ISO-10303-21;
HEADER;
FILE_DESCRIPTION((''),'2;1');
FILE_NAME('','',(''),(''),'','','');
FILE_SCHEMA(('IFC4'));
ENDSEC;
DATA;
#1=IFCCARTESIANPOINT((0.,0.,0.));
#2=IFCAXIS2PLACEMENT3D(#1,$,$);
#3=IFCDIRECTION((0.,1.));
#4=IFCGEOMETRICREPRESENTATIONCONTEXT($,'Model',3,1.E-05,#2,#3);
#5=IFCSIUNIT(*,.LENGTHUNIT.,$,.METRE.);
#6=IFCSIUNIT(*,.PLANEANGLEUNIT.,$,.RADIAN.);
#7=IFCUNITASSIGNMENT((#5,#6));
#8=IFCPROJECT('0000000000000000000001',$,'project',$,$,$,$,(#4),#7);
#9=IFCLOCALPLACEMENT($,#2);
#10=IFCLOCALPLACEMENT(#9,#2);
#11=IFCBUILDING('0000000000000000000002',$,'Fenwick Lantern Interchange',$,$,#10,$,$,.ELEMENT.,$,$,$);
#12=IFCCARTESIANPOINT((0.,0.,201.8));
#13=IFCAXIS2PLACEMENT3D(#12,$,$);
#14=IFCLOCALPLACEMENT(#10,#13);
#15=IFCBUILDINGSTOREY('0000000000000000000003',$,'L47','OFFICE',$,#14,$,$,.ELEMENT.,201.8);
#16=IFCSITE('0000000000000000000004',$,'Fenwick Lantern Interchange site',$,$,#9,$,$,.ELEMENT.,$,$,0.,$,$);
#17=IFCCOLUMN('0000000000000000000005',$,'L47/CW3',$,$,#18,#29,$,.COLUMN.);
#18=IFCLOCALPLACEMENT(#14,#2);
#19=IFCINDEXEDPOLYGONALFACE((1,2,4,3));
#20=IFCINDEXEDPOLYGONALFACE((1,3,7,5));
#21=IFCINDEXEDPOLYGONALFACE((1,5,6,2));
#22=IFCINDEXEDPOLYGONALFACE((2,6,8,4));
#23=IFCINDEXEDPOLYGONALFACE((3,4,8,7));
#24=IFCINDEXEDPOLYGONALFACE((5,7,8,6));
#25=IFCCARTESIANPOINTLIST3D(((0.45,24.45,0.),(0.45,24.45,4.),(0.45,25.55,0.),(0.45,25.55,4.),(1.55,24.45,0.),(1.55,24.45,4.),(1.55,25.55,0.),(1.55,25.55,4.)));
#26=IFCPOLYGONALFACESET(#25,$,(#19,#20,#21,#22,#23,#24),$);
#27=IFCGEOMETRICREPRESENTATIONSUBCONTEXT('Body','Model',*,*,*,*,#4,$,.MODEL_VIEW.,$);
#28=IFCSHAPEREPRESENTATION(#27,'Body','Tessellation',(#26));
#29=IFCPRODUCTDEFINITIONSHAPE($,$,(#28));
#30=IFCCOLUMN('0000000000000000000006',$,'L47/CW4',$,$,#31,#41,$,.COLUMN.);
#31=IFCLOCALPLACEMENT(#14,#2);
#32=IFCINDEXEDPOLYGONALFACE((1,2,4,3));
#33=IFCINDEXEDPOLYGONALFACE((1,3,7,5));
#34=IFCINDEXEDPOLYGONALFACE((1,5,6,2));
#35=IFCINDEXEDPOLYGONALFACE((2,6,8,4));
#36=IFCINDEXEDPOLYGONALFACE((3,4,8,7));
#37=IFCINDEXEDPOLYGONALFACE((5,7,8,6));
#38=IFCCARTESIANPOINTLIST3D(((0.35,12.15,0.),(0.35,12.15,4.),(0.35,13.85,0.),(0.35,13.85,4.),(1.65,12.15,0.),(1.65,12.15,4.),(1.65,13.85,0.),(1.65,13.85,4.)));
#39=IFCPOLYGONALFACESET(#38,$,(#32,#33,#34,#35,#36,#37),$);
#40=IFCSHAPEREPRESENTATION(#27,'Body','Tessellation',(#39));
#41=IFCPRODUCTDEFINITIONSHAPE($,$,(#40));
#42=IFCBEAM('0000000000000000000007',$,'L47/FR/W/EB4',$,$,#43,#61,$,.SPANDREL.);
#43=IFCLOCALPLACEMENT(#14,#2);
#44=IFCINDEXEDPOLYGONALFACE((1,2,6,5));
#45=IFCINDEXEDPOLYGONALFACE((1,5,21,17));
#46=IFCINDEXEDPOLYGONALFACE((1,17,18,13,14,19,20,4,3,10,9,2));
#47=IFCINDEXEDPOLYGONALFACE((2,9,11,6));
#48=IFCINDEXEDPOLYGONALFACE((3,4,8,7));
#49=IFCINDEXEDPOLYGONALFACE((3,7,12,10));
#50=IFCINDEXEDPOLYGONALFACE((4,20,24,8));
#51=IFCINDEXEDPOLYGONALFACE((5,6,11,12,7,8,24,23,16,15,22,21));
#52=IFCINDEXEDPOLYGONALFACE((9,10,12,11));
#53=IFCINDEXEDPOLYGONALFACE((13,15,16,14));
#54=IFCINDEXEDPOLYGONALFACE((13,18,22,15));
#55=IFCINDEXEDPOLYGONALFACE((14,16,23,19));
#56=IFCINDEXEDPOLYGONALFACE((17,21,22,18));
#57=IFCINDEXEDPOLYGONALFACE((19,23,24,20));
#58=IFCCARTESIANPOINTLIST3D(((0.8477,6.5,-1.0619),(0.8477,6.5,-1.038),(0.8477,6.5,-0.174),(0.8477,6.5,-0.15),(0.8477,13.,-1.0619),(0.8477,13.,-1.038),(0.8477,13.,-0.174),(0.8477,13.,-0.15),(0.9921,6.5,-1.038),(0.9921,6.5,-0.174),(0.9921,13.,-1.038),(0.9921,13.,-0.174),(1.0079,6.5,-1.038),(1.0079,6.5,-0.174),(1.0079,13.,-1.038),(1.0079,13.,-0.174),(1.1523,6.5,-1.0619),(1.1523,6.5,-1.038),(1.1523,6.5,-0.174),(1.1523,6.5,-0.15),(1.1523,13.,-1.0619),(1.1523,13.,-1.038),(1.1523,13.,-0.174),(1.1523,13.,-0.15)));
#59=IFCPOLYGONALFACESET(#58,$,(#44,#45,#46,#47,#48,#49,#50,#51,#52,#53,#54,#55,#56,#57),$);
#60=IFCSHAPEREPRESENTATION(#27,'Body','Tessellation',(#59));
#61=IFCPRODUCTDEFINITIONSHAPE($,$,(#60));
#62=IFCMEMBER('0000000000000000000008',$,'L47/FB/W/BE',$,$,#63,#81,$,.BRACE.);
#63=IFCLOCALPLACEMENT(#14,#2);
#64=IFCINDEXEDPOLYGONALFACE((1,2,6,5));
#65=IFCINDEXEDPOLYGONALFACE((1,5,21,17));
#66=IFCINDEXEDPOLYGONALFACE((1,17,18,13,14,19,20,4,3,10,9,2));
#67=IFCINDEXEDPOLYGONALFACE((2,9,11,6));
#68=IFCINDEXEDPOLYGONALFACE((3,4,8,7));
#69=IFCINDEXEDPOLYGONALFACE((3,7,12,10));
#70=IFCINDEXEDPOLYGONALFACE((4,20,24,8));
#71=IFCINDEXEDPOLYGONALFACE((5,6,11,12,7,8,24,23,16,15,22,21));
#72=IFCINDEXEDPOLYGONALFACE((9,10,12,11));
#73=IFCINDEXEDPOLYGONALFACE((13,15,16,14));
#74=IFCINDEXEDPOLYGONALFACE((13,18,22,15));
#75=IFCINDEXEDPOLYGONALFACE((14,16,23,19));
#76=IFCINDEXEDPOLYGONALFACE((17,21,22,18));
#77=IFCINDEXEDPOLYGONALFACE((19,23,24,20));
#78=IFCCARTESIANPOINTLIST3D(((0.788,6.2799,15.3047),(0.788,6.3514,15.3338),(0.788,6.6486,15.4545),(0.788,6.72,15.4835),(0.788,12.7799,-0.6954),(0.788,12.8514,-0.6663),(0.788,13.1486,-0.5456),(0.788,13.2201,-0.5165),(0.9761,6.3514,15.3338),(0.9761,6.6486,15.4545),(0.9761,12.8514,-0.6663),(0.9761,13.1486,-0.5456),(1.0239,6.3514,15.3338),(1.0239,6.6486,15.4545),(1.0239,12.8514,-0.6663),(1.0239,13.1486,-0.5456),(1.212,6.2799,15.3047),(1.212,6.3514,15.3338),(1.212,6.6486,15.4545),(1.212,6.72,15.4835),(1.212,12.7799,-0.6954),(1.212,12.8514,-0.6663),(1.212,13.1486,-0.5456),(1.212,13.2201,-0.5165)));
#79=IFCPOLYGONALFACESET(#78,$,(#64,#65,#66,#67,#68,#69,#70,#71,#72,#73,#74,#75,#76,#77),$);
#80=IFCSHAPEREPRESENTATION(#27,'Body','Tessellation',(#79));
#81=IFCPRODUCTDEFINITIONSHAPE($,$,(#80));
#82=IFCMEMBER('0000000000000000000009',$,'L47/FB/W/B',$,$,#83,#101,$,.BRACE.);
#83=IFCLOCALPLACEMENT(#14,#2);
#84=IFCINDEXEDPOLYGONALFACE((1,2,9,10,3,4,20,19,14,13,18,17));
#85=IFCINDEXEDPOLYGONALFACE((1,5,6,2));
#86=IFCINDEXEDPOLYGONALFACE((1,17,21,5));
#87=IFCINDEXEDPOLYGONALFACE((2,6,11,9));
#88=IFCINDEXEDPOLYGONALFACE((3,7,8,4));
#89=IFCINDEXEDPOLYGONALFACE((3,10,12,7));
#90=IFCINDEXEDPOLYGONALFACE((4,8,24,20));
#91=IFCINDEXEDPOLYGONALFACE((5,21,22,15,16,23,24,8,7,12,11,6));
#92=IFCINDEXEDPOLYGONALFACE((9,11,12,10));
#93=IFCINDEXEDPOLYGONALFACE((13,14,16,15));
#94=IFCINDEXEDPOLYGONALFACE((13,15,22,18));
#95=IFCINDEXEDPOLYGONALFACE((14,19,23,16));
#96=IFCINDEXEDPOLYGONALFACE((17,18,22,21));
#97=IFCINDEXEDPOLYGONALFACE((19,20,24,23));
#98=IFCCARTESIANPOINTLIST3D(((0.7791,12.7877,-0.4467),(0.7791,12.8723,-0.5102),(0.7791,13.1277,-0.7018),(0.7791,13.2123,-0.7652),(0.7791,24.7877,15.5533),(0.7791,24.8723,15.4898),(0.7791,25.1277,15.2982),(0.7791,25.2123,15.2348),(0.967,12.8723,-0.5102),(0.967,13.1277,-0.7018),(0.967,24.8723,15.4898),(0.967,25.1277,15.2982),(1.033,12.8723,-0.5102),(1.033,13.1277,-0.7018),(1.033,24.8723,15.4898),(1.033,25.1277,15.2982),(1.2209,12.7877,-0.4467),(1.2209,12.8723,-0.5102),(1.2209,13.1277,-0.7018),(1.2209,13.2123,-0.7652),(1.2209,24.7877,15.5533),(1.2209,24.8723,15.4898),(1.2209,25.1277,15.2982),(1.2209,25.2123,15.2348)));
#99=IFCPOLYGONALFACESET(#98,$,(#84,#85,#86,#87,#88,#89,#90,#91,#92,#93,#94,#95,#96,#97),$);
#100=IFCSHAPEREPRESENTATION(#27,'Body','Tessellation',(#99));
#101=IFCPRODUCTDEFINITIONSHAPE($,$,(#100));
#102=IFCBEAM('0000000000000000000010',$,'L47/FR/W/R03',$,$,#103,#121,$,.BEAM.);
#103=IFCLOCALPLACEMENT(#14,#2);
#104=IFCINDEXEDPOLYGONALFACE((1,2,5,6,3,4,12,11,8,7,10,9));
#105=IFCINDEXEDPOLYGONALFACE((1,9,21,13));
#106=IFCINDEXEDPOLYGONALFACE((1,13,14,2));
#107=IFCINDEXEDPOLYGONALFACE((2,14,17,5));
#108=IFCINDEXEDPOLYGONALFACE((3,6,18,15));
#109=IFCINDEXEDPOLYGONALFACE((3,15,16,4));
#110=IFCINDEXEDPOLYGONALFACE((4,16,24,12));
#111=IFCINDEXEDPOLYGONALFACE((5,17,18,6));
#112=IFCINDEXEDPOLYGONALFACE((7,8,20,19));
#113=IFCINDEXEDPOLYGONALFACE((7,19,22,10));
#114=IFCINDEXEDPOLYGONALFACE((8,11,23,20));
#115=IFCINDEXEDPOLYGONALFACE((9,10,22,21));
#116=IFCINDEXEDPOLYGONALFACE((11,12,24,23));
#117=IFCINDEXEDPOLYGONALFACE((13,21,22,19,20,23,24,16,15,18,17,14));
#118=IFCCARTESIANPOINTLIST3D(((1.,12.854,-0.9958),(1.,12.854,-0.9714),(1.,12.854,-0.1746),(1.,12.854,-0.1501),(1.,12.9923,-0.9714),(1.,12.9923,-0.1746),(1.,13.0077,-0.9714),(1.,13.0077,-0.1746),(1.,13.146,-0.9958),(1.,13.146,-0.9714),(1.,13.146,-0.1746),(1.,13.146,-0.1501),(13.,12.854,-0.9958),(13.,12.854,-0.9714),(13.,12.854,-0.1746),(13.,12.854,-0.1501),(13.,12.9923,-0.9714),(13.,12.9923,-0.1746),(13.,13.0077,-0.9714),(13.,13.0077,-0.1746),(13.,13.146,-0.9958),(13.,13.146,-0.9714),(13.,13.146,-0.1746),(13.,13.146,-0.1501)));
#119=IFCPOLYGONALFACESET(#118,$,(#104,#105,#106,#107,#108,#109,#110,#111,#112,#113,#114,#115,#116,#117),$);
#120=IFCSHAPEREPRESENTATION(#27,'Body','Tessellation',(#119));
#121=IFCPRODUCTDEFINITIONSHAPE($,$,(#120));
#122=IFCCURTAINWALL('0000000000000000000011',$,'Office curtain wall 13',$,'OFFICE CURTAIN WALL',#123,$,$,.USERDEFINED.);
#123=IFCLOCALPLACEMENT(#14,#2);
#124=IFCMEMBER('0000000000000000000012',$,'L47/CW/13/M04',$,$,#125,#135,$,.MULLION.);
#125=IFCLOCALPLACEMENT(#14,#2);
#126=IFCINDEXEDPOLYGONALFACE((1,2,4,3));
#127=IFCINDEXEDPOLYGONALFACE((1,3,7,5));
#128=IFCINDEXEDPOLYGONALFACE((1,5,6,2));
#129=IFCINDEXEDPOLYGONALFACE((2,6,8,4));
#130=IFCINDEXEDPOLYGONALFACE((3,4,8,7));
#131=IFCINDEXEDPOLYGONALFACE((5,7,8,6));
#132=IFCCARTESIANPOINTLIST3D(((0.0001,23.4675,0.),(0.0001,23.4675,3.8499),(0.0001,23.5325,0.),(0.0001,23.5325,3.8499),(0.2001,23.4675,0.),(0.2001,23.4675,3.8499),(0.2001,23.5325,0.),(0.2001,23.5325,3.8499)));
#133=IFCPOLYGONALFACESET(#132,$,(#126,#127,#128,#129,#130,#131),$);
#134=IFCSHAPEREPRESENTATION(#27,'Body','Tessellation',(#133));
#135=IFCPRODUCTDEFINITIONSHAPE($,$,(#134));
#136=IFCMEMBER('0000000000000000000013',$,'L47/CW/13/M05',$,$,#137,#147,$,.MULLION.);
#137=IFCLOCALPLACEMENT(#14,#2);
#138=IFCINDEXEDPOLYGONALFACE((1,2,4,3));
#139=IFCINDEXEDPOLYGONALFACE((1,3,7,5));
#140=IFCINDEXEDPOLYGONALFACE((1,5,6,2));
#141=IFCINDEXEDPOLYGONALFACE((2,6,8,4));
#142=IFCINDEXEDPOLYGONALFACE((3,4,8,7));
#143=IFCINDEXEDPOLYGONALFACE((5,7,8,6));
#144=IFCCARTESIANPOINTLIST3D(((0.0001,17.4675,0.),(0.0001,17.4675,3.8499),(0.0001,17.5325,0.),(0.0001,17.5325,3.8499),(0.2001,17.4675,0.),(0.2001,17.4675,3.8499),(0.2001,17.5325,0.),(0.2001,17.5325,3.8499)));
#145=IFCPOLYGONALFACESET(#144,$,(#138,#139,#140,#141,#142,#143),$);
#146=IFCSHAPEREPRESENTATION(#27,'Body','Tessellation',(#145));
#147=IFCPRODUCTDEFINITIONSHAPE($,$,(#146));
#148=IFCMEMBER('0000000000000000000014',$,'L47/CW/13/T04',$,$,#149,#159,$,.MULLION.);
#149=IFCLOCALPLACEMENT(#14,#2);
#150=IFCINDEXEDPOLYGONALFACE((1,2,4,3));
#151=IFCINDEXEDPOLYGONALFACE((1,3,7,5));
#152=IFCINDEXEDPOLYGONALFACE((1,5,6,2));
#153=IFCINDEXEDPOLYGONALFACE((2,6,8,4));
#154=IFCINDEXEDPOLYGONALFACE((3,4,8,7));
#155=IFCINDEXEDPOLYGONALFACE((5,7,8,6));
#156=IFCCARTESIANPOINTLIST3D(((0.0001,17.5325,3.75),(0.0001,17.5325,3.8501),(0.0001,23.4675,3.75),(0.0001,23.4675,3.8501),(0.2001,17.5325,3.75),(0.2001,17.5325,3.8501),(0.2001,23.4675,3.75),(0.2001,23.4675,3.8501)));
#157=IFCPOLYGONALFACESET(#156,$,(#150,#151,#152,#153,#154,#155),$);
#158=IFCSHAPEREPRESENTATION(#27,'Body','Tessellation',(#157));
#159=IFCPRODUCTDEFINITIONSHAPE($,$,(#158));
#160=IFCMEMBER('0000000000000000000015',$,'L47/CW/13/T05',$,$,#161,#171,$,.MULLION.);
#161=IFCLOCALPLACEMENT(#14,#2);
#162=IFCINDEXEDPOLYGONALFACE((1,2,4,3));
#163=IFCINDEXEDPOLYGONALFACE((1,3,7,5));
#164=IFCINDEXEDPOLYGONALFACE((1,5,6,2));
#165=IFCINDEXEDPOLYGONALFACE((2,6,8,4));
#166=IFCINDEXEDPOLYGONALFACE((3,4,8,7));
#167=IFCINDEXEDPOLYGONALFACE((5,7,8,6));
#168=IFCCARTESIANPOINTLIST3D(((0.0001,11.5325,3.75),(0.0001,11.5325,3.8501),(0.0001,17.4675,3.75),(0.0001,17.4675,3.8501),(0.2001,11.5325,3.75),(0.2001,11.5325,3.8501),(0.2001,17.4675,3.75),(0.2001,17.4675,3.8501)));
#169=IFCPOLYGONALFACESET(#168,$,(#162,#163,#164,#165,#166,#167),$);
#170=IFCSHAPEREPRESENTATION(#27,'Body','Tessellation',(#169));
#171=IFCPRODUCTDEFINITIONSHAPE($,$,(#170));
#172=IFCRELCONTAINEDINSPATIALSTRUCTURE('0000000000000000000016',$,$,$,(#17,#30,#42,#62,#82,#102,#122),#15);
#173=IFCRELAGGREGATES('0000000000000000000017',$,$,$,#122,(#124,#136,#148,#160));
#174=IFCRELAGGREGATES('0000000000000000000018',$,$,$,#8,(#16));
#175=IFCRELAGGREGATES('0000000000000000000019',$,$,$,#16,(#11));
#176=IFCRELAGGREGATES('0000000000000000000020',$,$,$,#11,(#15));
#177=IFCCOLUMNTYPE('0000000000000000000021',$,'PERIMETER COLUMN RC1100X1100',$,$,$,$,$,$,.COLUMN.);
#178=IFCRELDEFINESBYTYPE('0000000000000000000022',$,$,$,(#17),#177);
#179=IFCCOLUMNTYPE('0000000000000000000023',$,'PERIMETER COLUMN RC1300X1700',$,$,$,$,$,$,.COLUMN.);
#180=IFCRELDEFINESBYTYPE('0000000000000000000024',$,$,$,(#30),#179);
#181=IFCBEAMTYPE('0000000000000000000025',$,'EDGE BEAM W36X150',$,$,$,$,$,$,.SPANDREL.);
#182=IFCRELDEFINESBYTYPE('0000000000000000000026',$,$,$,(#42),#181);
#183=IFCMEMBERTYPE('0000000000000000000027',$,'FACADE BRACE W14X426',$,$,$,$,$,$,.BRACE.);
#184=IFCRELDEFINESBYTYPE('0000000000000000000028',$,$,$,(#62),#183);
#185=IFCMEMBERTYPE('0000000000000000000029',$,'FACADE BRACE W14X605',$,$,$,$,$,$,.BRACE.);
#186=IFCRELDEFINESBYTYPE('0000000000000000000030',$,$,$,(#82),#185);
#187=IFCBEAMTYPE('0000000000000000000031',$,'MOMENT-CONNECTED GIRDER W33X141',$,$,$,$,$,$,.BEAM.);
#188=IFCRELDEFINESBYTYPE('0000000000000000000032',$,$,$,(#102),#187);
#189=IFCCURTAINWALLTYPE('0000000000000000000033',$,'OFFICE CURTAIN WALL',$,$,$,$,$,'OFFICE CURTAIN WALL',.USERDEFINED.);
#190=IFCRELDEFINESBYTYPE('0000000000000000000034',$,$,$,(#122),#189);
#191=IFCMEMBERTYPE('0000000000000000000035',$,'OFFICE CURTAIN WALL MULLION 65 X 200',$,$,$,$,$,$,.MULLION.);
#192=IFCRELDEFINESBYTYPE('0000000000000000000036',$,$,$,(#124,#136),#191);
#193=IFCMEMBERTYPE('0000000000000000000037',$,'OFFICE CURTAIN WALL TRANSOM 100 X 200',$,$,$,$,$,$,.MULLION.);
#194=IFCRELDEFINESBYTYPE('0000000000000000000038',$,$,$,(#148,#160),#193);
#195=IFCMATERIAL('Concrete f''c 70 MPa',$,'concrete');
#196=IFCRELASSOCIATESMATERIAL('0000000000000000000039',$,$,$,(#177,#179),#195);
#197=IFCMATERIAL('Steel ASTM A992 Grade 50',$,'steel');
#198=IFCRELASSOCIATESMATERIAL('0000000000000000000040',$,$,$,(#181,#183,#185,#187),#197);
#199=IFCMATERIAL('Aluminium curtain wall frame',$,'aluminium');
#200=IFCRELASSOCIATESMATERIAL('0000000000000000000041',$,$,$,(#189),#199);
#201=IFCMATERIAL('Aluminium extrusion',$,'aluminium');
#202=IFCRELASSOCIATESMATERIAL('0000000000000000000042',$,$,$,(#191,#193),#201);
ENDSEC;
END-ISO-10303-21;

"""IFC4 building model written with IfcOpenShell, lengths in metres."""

from ifc_helpers import new_model, si_unit, direction, frame, origin, origin_2d, place, context, subcontext, project, spatial, rectangle, i_section, extrude, material, material_profile, profile_set, type_object, element, aggregate, save


model = new_model("IFC4")

# Units and contexts
model_context = context("Model", 3, precision=1e-05, world=origin(), true_north=direction((0.0, 1.0)))
body_context = subcontext(model_context, "Body", "Model", "MODEL_VIEW")
ifc_project = project(units=[si_unit("LENGTHUNIT", "METRE"), si_unit("PLANEANGLEUNIT", "RADIAN")], contexts=[model_context])

# Site, building, storey
site_placement = place(None, origin())
site = spatial("IfcSite", under=ifc_project, at=site_placement, Name="Fenwick Lantern Interchange site", CompositionType="ELEMENT", RefElevation=0.0)
building_placement = place(site_placement, origin())
building = spatial("IfcBuilding", under=site, at=building_placement, Name="Fenwick Lantern Interchange", CompositionType="ELEMENT")
storey_placement = place(building_placement, frame((0.0, 0.0, 201.8)))
storey = spatial("IfcBuildingStorey", under=building, at=storey_placement, Name="L47", Description="OFFICE", CompositionType="ELEMENT", Elevation=201.8)

# Columns
ifc_material_1 = material(Name="Concrete f'c 70 MPa", Category="concrete")
ifc_material_profile_1 = material_profile(ifc_material_1, rectangle(XDim=1.1001, YDim=1.1001, at=origin_2d()), Name="RC1100X1100")
ifc_profile_set_1 = profile_set([ifc_material_profile_1], Name="Concrete f'c 70 MPa")
column_type_1 = type_object("IfcColumnType", Name="PERIMETER COLUMN RC1100X1100", PredefinedType="COLUMN", material=ifc_profile_set_1)
column_1_placement = place(storey_placement, frame((1.0, 25.0, 0.0), z_axis=(0.0, 0.0, 1.0), x_axis=(1.0, 0.0, 0.0)))
element("IfcColumn", 1, at=column_1_placement, inside=storey, type_object=column_type_1, Name="L47/CW3", PredefinedType="COLUMN", context=body_context, shape_type="SweptSolid", body=[
    extrude(rectangle(XDim=1.1001, YDim=1.1001, at=origin_2d()), origin(), (0.0, 0.0, 1.0), 4.0),
])
ifc_material_profile_2 = material_profile(ifc_material_1, rectangle(XDim=1.3, YDim=1.7, at=origin_2d()), Name="RC1300X1700")
ifc_profile_set_2 = profile_set([ifc_material_profile_2], Name="Concrete f'c 70 MPa")
column_type_2 = type_object("IfcColumnType", Name="PERIMETER COLUMN RC1300X1700", PredefinedType="COLUMN", material=ifc_profile_set_2)
column_2_placement = place(storey_placement, frame((1.0, 13.0, 0.0), z_axis=(0.0, 0.0, 1.0), x_axis=(1.0, 0.0, 0.0)))
element("IfcColumn", 2, at=column_2_placement, inside=storey, type_object=column_type_2, Name="L47/CW4", PredefinedType="COLUMN", context=body_context, shape_type="SweptSolid", body=[
    extrude(rectangle(XDim=1.3, YDim=1.7, at=origin_2d()), origin(), (0.0, 0.0, 1.0), 4.0),
])

# Beam
ifc_material_2 = material(Name="Steel ASTM A992 Grade 50", Category="steel")
ifc_material_profile_3 = material_profile(ifc_material_2, i_section(OverallWidth=0.3047, OverallDepth=0.9119, WebThickness=0.0159, FlangeThickness=0.0239, at=origin_2d()), Name="W36X150")
ifc_profile_set_3 = profile_set([ifc_material_profile_3], Name="Steel ASTM A992 Grade 50")
beam_type_1 = type_object("IfcBeamType", Name="EDGE BEAM W36X150", PredefinedType="SPANDREL", material=ifc_profile_set_3)
beam_1_placement = place(storey_placement, frame((1.0, 13.0, -0.606), z_axis=(0.0, -1.0, 0.0), x_axis=(1.0, 0.0, 0.0)))
element("IfcBeam", 3, at=beam_1_placement, inside=storey, type_object=beam_type_1, Name="L47/FR/W/EB4", PredefinedType="SPANDREL", context=body_context, shape_type="SweptSolid", body=[
    extrude(i_section(OverallWidth=0.3047, OverallDepth=0.9119, WebThickness=0.0159, FlangeThickness=0.0239, at=origin_2d()), origin(), (0.0, 0.0, 1.0), 6.5),
])

# Members
ifc_material_profile_4 = material_profile(ifc_material_2, i_section(OverallWidth=0.4241, OverallDepth=0.4751, WebThickness=0.0479, FlangeThickness=0.0771, at=origin_2d()), Name="W14X426")
ifc_profile_set_4 = profile_set([ifc_material_profile_4], Name="Steel ASTM A992 Grade 50")
member_type_1 = type_object("IfcMemberType", Name="FACADE BRACE W14X426", PredefinedType="BRACE", material=ifc_profile_set_4)
member_1_placement = place(storey_placement, frame((1.0, 13.0, -0.606), z_axis=(0.0, -0.376377, 0.926467), x_axis=(1.0, 0.0, 0.0)))
element("IfcMember", 4, at=member_1_placement, inside=storey, type_object=member_type_1, Name="L47/FB/W/BE", PredefinedType="BRACE", context=body_context, shape_type="SweptSolid", body=[
    extrude(i_section(OverallWidth=0.4241, OverallDepth=0.4751, WebThickness=0.0479, FlangeThickness=0.0771, at=origin_2d()), origin(), (0.0, 0.0, 1.0), 17.27),
])
ifc_material_profile_5 = material_profile(ifc_material_2, i_section(OverallWidth=0.4419, OverallDepth=0.5308, WebThickness=0.0659, FlangeThickness=0.1057, at=origin_2d()), Name="W14X605")
ifc_profile_set_5 = profile_set([ifc_material_profile_5], Name="Steel ASTM A992 Grade 50")
member_type_2 = type_object("IfcMemberType", Name="FACADE BRACE W14X605", PredefinedType="BRACE", material=ifc_profile_set_5)
member_2_placement = place(storey_placement, frame((1.0, 13.0, -0.606), z_axis=(0.0, 0.6, 0.8), x_axis=(-1.0, 0.0, 0.0)))
element("IfcMember", 5, at=member_2_placement, inside=storey, type_object=member_type_2, Name="L47/FB/W/B", PredefinedType="BRACE", context=body_context, shape_type="SweptSolid", body=[
    extrude(i_section(OverallWidth=0.4419, OverallDepth=0.5308, WebThickness=0.0659, FlangeThickness=0.1057, at=origin_2d()), origin(), (0.0, 0.0, 1.0), 20.0),
])

# Beam
ifc_material_profile_6 = material_profile(ifc_material_2, i_section(OverallWidth=0.292, OverallDepth=0.8457, WebThickness=0.0154, FlangeThickness=0.0244, at=origin_2d()), Name="W33X141")
ifc_profile_set_6 = profile_set([ifc_material_profile_6], Name="Steel ASTM A992 Grade 50")
beam_type_2 = type_object("IfcBeamType", Name="MOMENT-CONNECTED GIRDER W33X141", PredefinedType="BEAM", material=ifc_profile_set_6)
beam_2_placement = place(storey_placement, frame((1.0, 13.0, -0.573), z_axis=(1.0, 0.0, 0.0), x_axis=(0.0, 1.0, 0.0)))
element("IfcBeam", 6, at=beam_2_placement, inside=storey, type_object=beam_type_2, Name="L47/FR/W/R03", PredefinedType="BEAM", context=body_context, shape_type="SweptSolid", body=[
    extrude(i_section(OverallWidth=0.292, OverallDepth=0.8457, WebThickness=0.0154, FlangeThickness=0.0244, at=origin_2d()), origin(), (0.0, 0.0, 1.0), 12.0),
])

# Curtain wall, members
ifc_material_3 = material(Name="Aluminium curtain wall frame", Category="aluminium")
curtain_wall_type = type_object("IfcCurtainWallType", Name="OFFICE CURTAIN WALL", ElementType="OFFICE CURTAIN WALL", PredefinedType="USERDEFINED", material=ifc_material_3)
curtain_wall_placement = place(storey_placement, origin())
curtain_wall = element("IfcCurtainWall", 7, at=curtain_wall_placement, inside=storey, type_object=curtain_wall_type, Name="Office curtain wall 13", ObjectType="OFFICE CURTAIN WALL", PredefinedType="USERDEFINED")
ifc_material_4 = material(Name="Aluminium extrusion", Category="aluminium")
ifc_material_profile_7 = material_profile(ifc_material_4, rectangle(XDim=0.2, YDim=0.0649, at=origin_2d()), Name="OFFICE CURTAIN WALL MULLION 65 X 200")
ifc_profile_set_7 = profile_set([ifc_material_profile_7], Name="Aluminium extrusion")
member_type_3 = type_object("IfcMemberType", Name="OFFICE CURTAIN WALL MULLION 65 X 200", PredefinedType="MULLION", material=ifc_profile_set_7)
member_3_placement = place(storey_placement, frame((0.1001, 23.5, 0.0), z_axis=(0.0, 0.0, 1.0), x_axis=(1.0, 0.0, 0.0)))
member_3 = element("IfcMember", 8, at=member_3_placement, type_object=member_type_3, Name="L47/CW/13/M04", PredefinedType="MULLION", context=body_context, shape_type="SweptSolid", body=[
    extrude(rectangle(XDim=0.2, YDim=0.0649, at=origin_2d()), origin(), (0.0, 0.0, 1.0), 3.8499),
])
member_4_placement = place(storey_placement, frame((0.1001, 17.5, 0.0), z_axis=(0.0, 0.0, 1.0), x_axis=(1.0, 0.0, 0.0)))
member_4 = element("IfcMember", 9, at=member_4_placement, type_object=member_type_3, Name="L47/CW/13/M05", PredefinedType="MULLION", context=body_context, shape_type="SweptSolid", body=[
    extrude(rectangle(XDim=0.2, YDim=0.0649, at=origin_2d()), origin(), (0.0, 0.0, 1.0), 3.8499),
])
ifc_material_profile_8 = material_profile(ifc_material_4, rectangle(XDim=0.2, YDim=0.1001, at=origin_2d()), Name="OFFICE CURTAIN WALL TRANSOM 100 X 200")
ifc_profile_set_8 = profile_set([ifc_material_profile_8], Name="Aluminium extrusion")
member_type_4 = type_object("IfcMemberType", Name="OFFICE CURTAIN WALL TRANSOM 100 X 200", PredefinedType="MULLION", material=ifc_profile_set_8)
member_5_placement = place(storey_placement, frame((0.1001, 23.4675, 3.8), z_axis=(0.0, -1.0, 0.0), x_axis=(1.0, 0.0, 0.0)))
member_5 = element("IfcMember", 10, at=member_5_placement, type_object=member_type_4, Name="L47/CW/13/T04", PredefinedType="MULLION", context=body_context, shape_type="SweptSolid", body=[
    extrude(rectangle(XDim=0.2, YDim=0.1001, at=origin_2d()), origin(), (0.0, 0.0, 1.0), 5.9351),
])
member_6_placement = place(storey_placement, frame((0.1001, 17.4675, 3.8), z_axis=(0.0, -1.0, 0.0), x_axis=(1.0, 0.0, 0.0)))
member_6 = element("IfcMember", 11, at=member_6_placement, type_object=member_type_4, Name="L47/CW/13/T05", PredefinedType="MULLION", context=body_context, shape_type="SweptSolid", body=[
    extrude(rectangle(XDim=0.2, YDim=0.1001, at=origin_2d()), origin(), (0.0, 0.0, 1.0), 5.9351),
])
aggregate(curtain_wall, [member_3, member_4, member_5, member_6])

save(model, "model.ifc")
